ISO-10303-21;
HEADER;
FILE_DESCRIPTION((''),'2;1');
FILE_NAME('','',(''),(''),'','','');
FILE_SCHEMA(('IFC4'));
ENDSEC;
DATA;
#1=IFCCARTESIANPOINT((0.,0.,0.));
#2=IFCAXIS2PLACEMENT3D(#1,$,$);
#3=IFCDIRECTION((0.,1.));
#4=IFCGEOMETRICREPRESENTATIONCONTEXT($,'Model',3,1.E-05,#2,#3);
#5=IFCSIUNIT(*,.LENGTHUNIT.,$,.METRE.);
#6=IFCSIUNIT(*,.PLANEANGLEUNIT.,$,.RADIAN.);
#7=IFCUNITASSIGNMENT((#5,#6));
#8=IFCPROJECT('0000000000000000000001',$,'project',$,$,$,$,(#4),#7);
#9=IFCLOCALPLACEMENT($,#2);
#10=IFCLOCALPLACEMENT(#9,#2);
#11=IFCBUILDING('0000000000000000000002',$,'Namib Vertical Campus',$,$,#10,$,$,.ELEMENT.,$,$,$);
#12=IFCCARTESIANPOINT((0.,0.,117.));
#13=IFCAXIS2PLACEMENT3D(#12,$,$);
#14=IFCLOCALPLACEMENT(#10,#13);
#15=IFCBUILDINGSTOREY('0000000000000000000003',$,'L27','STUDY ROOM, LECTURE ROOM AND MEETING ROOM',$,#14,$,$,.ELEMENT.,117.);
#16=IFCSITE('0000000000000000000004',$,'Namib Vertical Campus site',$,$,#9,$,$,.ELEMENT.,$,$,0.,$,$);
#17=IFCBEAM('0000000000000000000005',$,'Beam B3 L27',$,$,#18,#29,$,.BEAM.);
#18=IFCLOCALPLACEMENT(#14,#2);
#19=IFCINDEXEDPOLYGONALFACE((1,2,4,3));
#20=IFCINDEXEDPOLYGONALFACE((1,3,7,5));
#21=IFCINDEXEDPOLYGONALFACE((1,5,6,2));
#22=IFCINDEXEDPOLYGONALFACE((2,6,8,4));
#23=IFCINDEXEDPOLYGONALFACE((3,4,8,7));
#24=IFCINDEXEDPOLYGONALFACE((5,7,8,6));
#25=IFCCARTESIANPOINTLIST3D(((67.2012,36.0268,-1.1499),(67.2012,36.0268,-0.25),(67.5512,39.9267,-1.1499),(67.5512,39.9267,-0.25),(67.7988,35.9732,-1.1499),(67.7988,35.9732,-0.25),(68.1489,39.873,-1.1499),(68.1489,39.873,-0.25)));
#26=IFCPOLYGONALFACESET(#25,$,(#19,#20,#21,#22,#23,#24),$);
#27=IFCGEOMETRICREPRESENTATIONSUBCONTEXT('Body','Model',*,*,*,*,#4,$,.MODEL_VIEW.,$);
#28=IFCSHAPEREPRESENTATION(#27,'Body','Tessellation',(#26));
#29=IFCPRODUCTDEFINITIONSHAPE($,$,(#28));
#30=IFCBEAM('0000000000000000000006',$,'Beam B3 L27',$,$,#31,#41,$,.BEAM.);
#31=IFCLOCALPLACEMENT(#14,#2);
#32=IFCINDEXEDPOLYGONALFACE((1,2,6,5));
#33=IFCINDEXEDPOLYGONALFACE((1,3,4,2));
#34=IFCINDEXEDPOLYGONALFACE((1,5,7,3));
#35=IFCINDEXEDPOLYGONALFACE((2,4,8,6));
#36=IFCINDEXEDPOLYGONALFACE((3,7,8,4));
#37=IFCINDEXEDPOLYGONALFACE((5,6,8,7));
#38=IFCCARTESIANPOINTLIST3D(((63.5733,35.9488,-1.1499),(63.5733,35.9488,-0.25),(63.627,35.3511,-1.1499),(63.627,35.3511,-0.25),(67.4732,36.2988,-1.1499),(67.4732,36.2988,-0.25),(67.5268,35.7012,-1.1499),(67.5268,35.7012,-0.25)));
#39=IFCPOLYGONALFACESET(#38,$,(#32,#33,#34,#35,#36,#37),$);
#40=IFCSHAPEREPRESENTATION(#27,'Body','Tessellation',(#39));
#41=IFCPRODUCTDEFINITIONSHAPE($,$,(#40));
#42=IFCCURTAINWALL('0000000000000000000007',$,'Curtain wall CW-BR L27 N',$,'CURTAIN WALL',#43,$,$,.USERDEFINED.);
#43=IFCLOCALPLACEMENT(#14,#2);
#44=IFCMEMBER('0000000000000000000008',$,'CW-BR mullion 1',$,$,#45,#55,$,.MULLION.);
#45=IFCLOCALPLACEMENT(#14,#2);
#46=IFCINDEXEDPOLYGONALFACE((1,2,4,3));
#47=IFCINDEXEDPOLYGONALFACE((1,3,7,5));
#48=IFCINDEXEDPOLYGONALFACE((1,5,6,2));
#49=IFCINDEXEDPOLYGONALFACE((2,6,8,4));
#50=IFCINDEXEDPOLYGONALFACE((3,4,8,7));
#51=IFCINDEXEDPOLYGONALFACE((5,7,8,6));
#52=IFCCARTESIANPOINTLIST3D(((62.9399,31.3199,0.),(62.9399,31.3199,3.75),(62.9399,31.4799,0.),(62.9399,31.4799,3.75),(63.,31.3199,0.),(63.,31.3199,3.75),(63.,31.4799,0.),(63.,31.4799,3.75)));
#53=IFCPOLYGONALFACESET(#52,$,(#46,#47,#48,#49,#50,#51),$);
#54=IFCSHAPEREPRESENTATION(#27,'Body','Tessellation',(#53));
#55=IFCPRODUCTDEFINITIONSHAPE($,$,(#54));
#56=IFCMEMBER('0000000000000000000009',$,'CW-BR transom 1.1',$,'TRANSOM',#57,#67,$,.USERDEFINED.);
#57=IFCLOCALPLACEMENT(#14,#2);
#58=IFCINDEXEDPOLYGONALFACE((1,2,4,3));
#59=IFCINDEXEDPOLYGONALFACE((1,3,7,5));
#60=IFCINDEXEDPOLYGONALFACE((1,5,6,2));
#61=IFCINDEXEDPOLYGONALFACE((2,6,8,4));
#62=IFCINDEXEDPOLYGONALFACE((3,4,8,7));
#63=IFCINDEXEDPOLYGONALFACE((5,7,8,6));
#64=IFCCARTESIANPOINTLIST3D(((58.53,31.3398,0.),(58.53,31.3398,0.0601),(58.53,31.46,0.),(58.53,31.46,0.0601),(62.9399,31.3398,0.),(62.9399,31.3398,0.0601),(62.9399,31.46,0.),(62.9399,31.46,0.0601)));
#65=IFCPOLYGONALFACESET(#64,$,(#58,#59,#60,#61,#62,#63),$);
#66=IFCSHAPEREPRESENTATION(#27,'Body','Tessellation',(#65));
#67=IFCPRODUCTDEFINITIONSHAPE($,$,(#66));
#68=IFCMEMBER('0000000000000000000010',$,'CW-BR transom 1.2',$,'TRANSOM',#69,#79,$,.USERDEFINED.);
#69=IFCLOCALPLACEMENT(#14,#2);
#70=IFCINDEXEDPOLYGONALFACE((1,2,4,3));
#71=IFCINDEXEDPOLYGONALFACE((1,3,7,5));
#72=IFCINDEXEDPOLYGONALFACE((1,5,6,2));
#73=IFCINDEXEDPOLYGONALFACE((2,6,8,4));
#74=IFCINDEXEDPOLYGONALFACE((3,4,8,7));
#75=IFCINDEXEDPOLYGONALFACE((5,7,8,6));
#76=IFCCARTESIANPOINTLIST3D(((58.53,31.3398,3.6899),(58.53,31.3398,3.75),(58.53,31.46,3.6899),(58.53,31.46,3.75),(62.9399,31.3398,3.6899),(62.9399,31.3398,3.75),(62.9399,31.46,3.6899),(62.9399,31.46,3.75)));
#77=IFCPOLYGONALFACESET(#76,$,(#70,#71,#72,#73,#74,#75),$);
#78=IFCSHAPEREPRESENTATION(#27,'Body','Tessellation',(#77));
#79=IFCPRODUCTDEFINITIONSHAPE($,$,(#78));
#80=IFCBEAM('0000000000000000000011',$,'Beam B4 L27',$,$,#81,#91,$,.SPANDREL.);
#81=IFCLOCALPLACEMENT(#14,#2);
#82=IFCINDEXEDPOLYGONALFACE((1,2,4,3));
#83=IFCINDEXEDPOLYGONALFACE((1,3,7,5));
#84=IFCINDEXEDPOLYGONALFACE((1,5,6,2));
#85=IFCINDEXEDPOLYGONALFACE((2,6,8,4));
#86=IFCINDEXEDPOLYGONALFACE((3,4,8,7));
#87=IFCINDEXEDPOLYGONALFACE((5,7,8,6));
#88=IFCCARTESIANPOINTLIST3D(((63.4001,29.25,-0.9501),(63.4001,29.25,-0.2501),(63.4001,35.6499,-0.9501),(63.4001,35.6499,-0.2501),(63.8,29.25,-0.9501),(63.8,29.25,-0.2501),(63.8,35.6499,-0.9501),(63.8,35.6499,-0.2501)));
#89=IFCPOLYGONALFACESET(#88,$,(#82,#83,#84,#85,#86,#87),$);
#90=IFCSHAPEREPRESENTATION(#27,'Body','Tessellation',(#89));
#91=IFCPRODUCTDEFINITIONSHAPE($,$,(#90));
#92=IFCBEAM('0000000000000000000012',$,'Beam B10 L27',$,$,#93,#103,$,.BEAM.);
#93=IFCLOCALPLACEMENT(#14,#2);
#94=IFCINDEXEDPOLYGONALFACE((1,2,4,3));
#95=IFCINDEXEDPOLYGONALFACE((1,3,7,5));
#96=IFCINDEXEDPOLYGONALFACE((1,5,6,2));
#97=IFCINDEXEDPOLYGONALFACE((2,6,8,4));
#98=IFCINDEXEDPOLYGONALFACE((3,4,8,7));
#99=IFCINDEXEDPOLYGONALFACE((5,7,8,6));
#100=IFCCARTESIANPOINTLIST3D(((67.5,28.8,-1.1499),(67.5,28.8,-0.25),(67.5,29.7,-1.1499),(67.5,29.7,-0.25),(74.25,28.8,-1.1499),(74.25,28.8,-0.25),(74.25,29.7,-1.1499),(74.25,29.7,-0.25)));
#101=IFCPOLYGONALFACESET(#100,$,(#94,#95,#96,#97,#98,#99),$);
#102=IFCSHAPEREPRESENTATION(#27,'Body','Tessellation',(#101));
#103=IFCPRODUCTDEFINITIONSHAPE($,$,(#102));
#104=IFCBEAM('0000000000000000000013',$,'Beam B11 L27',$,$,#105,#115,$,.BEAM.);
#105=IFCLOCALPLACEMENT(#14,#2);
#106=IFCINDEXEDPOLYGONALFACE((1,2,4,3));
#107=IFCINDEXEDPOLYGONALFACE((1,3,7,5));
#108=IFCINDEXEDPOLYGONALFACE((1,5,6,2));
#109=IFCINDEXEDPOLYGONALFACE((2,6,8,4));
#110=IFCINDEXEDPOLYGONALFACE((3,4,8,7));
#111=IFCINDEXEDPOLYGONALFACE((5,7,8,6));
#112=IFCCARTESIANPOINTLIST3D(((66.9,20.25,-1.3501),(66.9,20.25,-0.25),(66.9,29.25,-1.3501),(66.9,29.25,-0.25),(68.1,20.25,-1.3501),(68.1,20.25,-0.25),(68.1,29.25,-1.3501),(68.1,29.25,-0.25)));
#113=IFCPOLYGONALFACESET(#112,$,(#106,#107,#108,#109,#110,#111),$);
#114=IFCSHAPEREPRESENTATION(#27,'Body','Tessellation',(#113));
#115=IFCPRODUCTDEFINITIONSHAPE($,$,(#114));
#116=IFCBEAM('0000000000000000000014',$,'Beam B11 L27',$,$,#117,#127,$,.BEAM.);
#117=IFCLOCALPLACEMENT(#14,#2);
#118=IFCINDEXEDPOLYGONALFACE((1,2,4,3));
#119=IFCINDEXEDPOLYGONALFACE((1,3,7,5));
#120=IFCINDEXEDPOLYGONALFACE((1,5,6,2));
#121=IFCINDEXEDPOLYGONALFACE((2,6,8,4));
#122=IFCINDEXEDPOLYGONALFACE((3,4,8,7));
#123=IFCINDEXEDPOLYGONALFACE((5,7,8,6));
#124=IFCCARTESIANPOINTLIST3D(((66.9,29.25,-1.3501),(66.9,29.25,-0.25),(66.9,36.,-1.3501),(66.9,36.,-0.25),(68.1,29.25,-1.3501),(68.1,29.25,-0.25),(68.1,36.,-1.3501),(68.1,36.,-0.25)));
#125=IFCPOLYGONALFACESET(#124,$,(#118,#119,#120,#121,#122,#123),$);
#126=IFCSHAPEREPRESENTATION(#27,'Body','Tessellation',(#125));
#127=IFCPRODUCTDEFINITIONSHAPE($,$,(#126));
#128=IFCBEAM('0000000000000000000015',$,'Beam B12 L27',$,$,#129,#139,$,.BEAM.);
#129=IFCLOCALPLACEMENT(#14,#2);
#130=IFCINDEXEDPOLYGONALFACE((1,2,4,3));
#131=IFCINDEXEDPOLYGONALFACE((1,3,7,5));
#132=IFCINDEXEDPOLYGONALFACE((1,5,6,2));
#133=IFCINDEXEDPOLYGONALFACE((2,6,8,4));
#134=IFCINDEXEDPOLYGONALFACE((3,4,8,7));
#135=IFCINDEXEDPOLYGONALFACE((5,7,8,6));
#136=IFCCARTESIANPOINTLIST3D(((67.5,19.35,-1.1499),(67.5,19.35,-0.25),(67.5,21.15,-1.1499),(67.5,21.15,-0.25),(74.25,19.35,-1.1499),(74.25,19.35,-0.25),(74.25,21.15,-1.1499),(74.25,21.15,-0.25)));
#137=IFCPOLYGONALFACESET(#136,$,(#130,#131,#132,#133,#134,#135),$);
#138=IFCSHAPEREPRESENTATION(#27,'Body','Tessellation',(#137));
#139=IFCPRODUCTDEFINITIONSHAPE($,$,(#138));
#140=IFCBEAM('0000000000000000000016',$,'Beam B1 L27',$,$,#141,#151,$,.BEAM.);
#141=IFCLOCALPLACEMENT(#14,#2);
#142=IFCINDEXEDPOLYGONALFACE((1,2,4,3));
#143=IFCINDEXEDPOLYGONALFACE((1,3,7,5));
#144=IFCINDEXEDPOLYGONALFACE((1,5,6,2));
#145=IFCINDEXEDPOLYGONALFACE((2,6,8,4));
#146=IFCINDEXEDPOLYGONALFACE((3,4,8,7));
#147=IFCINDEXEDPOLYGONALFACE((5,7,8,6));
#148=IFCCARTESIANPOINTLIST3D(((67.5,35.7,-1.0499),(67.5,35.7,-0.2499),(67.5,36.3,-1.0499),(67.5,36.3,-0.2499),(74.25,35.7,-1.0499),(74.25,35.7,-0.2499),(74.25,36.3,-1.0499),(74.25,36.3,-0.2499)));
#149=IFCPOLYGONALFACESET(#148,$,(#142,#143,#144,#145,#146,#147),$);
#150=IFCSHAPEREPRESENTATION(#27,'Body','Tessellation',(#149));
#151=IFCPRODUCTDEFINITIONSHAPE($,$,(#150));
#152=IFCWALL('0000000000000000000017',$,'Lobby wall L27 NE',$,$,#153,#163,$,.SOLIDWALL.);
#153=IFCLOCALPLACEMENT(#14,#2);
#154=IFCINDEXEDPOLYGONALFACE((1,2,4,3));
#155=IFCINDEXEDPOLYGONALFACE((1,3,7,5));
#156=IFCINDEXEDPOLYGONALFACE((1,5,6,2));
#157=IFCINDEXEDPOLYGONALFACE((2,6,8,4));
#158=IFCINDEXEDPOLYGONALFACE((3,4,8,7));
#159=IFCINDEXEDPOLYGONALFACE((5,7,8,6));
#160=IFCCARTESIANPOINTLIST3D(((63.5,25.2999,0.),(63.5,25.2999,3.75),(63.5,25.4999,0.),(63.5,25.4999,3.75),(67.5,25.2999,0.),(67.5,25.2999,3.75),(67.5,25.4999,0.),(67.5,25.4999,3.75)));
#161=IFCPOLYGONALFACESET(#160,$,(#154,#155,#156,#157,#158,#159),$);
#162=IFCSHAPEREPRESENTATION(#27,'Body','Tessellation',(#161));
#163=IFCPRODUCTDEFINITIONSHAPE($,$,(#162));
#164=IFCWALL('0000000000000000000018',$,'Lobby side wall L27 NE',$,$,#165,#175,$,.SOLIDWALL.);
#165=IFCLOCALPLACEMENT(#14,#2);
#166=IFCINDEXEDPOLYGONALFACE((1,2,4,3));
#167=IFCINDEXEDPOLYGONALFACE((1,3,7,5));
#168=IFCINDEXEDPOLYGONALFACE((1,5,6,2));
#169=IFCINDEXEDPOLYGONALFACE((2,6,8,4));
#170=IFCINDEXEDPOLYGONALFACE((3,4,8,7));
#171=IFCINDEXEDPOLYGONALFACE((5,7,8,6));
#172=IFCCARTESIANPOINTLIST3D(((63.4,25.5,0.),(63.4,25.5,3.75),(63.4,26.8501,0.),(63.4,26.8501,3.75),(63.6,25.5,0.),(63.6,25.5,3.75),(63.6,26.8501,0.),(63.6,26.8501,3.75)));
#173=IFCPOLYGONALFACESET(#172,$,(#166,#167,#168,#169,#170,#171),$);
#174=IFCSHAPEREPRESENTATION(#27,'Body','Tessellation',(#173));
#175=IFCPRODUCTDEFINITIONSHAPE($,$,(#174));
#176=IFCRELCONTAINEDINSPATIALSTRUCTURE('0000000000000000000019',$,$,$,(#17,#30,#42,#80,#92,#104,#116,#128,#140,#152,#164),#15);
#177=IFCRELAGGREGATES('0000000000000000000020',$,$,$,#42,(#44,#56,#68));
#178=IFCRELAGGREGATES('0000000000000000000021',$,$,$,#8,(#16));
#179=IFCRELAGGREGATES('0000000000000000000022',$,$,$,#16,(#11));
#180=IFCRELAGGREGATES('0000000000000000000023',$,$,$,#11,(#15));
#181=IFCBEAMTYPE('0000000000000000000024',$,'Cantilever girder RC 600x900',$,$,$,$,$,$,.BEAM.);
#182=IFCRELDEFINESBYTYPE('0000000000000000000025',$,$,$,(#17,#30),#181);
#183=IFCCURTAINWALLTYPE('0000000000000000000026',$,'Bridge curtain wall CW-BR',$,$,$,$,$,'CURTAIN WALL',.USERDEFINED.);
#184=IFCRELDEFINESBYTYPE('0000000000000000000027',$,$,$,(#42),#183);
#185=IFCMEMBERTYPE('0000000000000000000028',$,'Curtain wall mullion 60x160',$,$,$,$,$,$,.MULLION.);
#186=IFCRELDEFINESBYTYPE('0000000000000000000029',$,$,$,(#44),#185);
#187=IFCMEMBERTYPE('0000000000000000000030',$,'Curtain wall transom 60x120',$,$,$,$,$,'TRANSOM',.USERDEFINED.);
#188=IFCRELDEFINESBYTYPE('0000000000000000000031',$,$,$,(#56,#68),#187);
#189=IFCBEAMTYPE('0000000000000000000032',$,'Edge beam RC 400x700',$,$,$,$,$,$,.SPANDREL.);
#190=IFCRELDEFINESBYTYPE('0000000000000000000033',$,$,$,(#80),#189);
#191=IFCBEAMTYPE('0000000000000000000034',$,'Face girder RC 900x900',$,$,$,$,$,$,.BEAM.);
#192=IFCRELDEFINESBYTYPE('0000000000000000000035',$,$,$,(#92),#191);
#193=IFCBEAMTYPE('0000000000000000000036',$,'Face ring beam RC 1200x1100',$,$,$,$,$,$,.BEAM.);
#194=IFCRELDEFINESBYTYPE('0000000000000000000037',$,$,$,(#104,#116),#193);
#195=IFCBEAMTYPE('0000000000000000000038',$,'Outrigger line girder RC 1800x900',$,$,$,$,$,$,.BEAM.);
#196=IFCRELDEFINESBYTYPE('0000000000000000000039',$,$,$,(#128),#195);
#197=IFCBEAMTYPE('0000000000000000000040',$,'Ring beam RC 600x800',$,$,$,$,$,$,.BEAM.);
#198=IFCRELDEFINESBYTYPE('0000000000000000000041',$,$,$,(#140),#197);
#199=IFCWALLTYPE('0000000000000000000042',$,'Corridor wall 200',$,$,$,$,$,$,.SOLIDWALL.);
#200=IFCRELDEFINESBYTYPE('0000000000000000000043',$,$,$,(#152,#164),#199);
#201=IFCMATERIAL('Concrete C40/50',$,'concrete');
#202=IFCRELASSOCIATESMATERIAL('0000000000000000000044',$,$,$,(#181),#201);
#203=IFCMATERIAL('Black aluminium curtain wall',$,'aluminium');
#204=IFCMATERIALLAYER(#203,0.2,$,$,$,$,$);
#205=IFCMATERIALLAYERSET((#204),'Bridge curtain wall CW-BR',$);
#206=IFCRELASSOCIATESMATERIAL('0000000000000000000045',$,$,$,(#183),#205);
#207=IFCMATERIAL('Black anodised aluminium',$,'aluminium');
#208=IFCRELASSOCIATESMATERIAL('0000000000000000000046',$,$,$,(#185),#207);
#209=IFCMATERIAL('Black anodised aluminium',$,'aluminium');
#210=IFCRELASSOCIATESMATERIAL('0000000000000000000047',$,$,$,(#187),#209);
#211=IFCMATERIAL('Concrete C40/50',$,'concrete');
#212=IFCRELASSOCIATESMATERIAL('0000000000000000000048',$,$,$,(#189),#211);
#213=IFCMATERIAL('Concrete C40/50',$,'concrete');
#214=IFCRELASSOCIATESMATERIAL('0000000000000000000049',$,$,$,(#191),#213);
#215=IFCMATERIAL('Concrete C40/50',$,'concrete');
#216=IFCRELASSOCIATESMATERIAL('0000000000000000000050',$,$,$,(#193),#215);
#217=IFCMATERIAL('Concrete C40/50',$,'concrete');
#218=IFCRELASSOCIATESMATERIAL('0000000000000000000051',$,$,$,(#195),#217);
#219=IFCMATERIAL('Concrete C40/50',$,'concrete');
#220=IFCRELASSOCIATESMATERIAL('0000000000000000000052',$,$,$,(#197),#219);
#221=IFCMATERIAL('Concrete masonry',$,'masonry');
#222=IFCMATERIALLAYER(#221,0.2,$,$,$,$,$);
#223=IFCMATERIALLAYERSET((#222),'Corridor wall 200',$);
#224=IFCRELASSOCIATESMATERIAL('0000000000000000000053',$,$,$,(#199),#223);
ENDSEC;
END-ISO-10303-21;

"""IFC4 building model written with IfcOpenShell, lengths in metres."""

from ifc_helpers import new_model, si_unit, direction, frame, frame_2d, origin, origin_2d, place, context, subcontext, project, spatial, rectangle, extrude, material, layer, layer_set, material_profile, profile_set, type_object, element, aggregate, save


model = new_model("IFC4")

# Units and contexts
model_context = context("Model", 3, precision=1e-05, world=origin(), true_north=direction((0.0, 1.0)))
body_context = subcontext(model_context, "Body", "Model", "MODEL_VIEW")
ifc_project = project(units=[si_unit("LENGTHUNIT", "METRE"), si_unit("PLANEANGLEUNIT", "RADIAN")], contexts=[model_context])

# Site, building, storey
site_placement = place(None, origin())
site = spatial("IfcSite", under=ifc_project, at=site_placement, Name="Namib Vertical Campus site", CompositionType="ELEMENT", RefElevation=0.0)
building_placement = place(site_placement, origin())
building = spatial("IfcBuilding", under=site, at=building_placement, Name="Namib Vertical Campus", CompositionType="ELEMENT")
storey_placement = place(building_placement, frame((0.0, 0.0, 117.0)))
storey = spatial("IfcBuildingStorey", under=building, at=storey_placement, Name="L27", Description="STUDY ROOM, LECTURE ROOM AND MEETING ROOM", CompositionType="ELEMENT", Elevation=117.0)

# Beams
ifc_material_1 = material(Name="Concrete C40/50", Category="concrete")
ifc_material_profile_1 = material_profile(ifc_material_1, rectangle(XDim=0.6001, YDim=0.8999, at=origin_2d()))
ifc_profile_set_1 = profile_set([ifc_material_profile_1], Name="Concrete C40/50")
beam_type_1 = type_object("IfcBeamType", Name="Cantilever girder RC 600x900", PredefinedType="BEAM", material=ifc_profile_set_1)
for number, where, z_axis, x_axis, name in (
    (1, (67.5, 36.0, -0.7), (0.089411, 0.995995, 0.0), (-0.995995, 0.089411, 0.0), "Beam B3 L27"),
    (2, (67.5, 36.0, -0.7), (-0.995995, -0.089411, 0.0), (0.089411, -0.995995, 0.0), "Beam B3 L27"),
):
    element("IfcBeam", number, at=place(storey_placement, frame(where, z_axis=z_axis, x_axis=x_axis)), inside=storey, type_object=beam_type_1, Name=name, PredefinedType="BEAM", context=body_context, shape_type="SweptSolid", body=[
        extrude(rectangle(XDim=0.6001, YDim=0.8999, at=origin_2d()), origin(), (0.0, 0.0, 1.0), 3.9155),
    ])

# Curtain wall, members
ifc_material_2 = material(Name="Black aluminium curtain wall", Category="aluminium")
ifc_layer_1 = layer(ifc_material_2, 0.2)
ifc_layer_set_1 = layer_set([ifc_layer_1], Name="Bridge curtain wall CW-BR")
curtain_wall_type = type_object("IfcCurtainWallType", Name="Bridge curtain wall CW-BR", ElementType="CURTAIN WALL", PredefinedType="USERDEFINED", material=ifc_layer_set_1)
curtain_wall_placement = place(storey_placement, origin())
curtain_wall = element("IfcCurtainWall", 3, at=curtain_wall_placement, inside=storey, type_object=curtain_wall_type, Name="Curtain wall CW-BR L27 N", ObjectType="CURTAIN WALL", PredefinedType="USERDEFINED")
ifc_material_3 = material(Name="Black anodised aluminium", Category="aluminium")
ifc_material_profile_2 = material_profile(ifc_material_3, rectangle(XDim=0.0601, YDim=0.1599, at=origin_2d()))
ifc_profile_set_2 = profile_set([ifc_material_profile_2], Name="Black anodised aluminium")
member_type_1 = type_object("IfcMemberType", Name="Curtain wall mullion 60x160", PredefinedType="MULLION", material=ifc_profile_set_2)
member_1_placement = place(storey_placement, frame((62.97, 31.3999, 0.0), z_axis=(0.0, 0.0, 1.0), x_axis=(-1.0, 0.0, 0.0)))
member_1 = element("IfcMember", 4, at=member_1_placement, type_object=member_type_1, Name="CW-BR mullion 1", PredefinedType="MULLION", context=body_context, shape_type="SweptSolid", body=[
    extrude(rectangle(XDim=0.0601, YDim=0.1599, at=origin_2d()), origin(), (0.0, 0.0, 1.0), 3.75),
])
ifc_material_4 = material(Name="Black anodised aluminium", Category="aluminium")
ifc_material_profile_3 = material_profile(ifc_material_4, rectangle(XDim=0.0601, YDim=0.1201, at=origin_2d()))
ifc_profile_set_3 = profile_set([ifc_material_profile_3], Name="Black anodised aluminium")
member_type_2 = type_object("IfcMemberType", Name="Curtain wall transom 60x120", ElementType="TRANSOM", PredefinedType="USERDEFINED", material=ifc_profile_set_3)
member_2_placement = place(storey_placement, frame((62.9399, 31.3999, 0.03), z_axis=(-1.0, 0.0, 0.0), x_axis=(0.0, 0.0, 1.0)))
member_2 = element("IfcMember", 5, at=member_2_placement, type_object=member_type_2, Name="CW-BR transom 1.1", ObjectType="TRANSOM", PredefinedType="USERDEFINED", context=body_context, shape_type="SweptSolid", body=[
    extrude(rectangle(XDim=0.0601, YDim=0.1201, at=origin_2d()), origin(), (0.0, 0.0, 1.0), 4.4099),
])
member_3_placement = place(storey_placement, frame((62.9399, 31.3999, 3.72), z_axis=(-1.0, 0.0, 0.0), x_axis=(0.0, 0.0, 1.0)))
member_3 = element("IfcMember", 6, at=member_3_placement, type_object=member_type_2, Name="CW-BR transom 1.2", ObjectType="TRANSOM", PredefinedType="USERDEFINED", context=body_context, shape_type="SweptSolid", body=[
    extrude(rectangle(XDim=0.0601, YDim=0.1201, at=origin_2d()), origin(), (0.0, 0.0, 1.0), 4.4099),
])
aggregate(curtain_wall, [member_1, member_2, member_3])

# Beams
ifc_material_5 = material(Name="Concrete C40/50", Category="concrete")
ifc_material_profile_4 = material_profile(ifc_material_5, rectangle(XDim=0.3999, YDim=0.7, at=origin_2d()))
ifc_profile_set_4 = profile_set([ifc_material_profile_4], Name="Concrete C40/50")
beam_type_2 = type_object("IfcBeamType", Name="Edge beam RC 400x700", PredefinedType="SPANDREL", material=ifc_profile_set_4)
beam_1_placement = place(storey_placement, frame((63.6001, 29.25, -0.6001), z_axis=(0.0, 1.0, 0.0), x_axis=(-1.0, 0.0, 0.0)))
element("IfcBeam", 7, at=beam_1_placement, inside=storey, type_object=beam_type_2, Name="Beam B4 L27", PredefinedType="SPANDREL", context=body_context, shape_type="SweptSolid", body=[
    extrude(rectangle(XDim=0.3999, YDim=0.7, at=origin_2d()), origin(), (0.0, 0.0, 1.0), 6.3999),
])
ifc_material_6 = material(Name="Concrete C40/50", Category="concrete")
ifc_material_profile_5 = material_profile(ifc_material_6, rectangle(XDim=0.8999, YDim=0.8999, at=origin_2d()))
ifc_profile_set_5 = profile_set([ifc_material_profile_5], Name="Concrete C40/50")
beam_type_3 = type_object("IfcBeamType", Name="Face girder RC 900x900", PredefinedType="BEAM", material=ifc_profile_set_5)
beam_2_placement = place(storey_placement, frame((67.5, 29.25, -0.7), z_axis=(1.0, 0.0, 0.0), x_axis=(0.0, 1.0, 0.0)))
element("IfcBeam", 8, at=beam_2_placement, inside=storey, type_object=beam_type_3, Name="Beam B10 L27", PredefinedType="BEAM", context=body_context, shape_type="SweptSolid", body=[
    extrude(rectangle(XDim=0.8999, YDim=0.8999, at=origin_2d()), origin(), (0.0, 0.0, 1.0), 6.75),
])
ifc_material_7 = material(Name="Concrete C40/50", Category="concrete")
ifc_material_profile_6 = material_profile(ifc_material_7, rectangle(XDim=1.2, YDim=1.1001, at=origin_2d()))
ifc_profile_set_6 = profile_set([ifc_material_profile_6], Name="Concrete C40/50")
beam_type_4 = type_object("IfcBeamType", Name="Face ring beam RC 1200x1100", PredefinedType="BEAM", material=ifc_profile_set_6)
beam_3_placement = place(storey_placement, frame((67.5, 20.25, -0.8), z_axis=(0.0, 1.0, 0.0), x_axis=(-1.0, 0.0, 0.0)))
element("IfcBeam", 9, at=beam_3_placement, inside=storey, type_object=beam_type_4, Name="Beam B11 L27", PredefinedType="BEAM", context=body_context, shape_type="SweptSolid", body=[
    extrude(rectangle(XDim=1.2, YDim=1.1001, at=origin_2d()), origin(), (0.0, 0.0, 1.0), 9.0),
])
beam_4_placement = place(storey_placement, frame((67.5, 29.25, -0.8), z_axis=(0.0, 1.0, 0.0), x_axis=(-1.0, 0.0, 0.0)))
element("IfcBeam", 10, at=beam_4_placement, inside=storey, type_object=beam_type_4, Name="Beam B11 L27", PredefinedType="BEAM", context=body_context, shape_type="SweptSolid", body=[
    extrude(rectangle(XDim=1.2, YDim=1.1001, at=origin_2d()), origin(), (0.0, 0.0, 1.0), 6.75),
])
ifc_material_8 = material(Name="Concrete C40/50", Category="concrete")
ifc_material_profile_7 = material_profile(ifc_material_8, rectangle(XDim=1.8, YDim=0.8999, at=origin_2d()))
ifc_profile_set_7 = profile_set([ifc_material_profile_7], Name="Concrete C40/50")
beam_type_5 = type_object("IfcBeamType", Name="Outrigger line girder RC 1800x900", PredefinedType="BEAM", material=ifc_profile_set_7)
beam_5_placement = place(storey_placement, frame((67.5, 20.25, -0.7), z_axis=(1.0, 0.0, 0.0), x_axis=(0.0, 1.0, 0.0)))
element("IfcBeam", 11, at=beam_5_placement, inside=storey, type_object=beam_type_5, Name="Beam B12 L27", PredefinedType="BEAM", context=body_context, shape_type="SweptSolid", body=[
    extrude(rectangle(XDim=1.8, YDim=0.8999, at=origin_2d()), origin(), (0.0, 0.0, 1.0), 6.75),
])
ifc_material_9 = material(Name="Concrete C40/50", Category="concrete")
ifc_material_profile_8 = material_profile(ifc_material_9, rectangle(XDim=0.6001, YDim=0.8, at=origin_2d()))
ifc_profile_set_8 = profile_set([ifc_material_profile_8], Name="Concrete C40/50")
beam_type_6 = type_object("IfcBeamType", Name="Ring beam RC 600x800", PredefinedType="BEAM", material=ifc_profile_set_8)
beam_6_placement = place(storey_placement, frame((67.5, 36.0, -0.6499), z_axis=(1.0, 0.0, 0.0), x_axis=(0.0, 1.0, 0.0)))
element("IfcBeam", 12, at=beam_6_placement, inside=storey, type_object=beam_type_6, Name="Beam B1 L27", PredefinedType="BEAM", context=body_context, shape_type="SweptSolid", body=[
    extrude(rectangle(XDim=0.6001, YDim=0.8, at=origin_2d()), origin(), (0.0, 0.0, 1.0), 6.75),
])

# Walls
ifc_material_10 = material(Name="Concrete masonry", Category="masonry")
ifc_layer_2 = layer(ifc_material_10, 0.2)
ifc_layer_set_2 = layer_set([ifc_layer_2], Name="Corridor wall 200")
wall_type_1 = type_object("IfcWallType", Name="Corridor wall 200", PredefinedType="SOLIDWALL", material=ifc_layer_set_2)
wall_1_placement = place(storey_placement, frame((63.5, 25.3999, 0.0), z_axis=(0.0, 0.0, 1.0), x_axis=(1.0, 0.0, 0.0)))
element("IfcWall", 13, at=wall_1_placement, inside=storey, type_object=wall_type_1, Name="Lobby wall L27 NE", PredefinedType="SOLIDWALL", context=body_context, shape_type="SweptSolid", body=[
    extrude(rectangle(XDim=4.0, YDim=0.2, at=frame_2d((2.0, 0.0))), origin(), (0.0, 0.0, 1.0), 3.75),
])
wall_2_placement = place(storey_placement, frame((63.5, 26.8501, 0.0), z_axis=(0.0, 0.0, 1.0), x_axis=(0.0, -1.0, 0.0)))
element("IfcWall", 14, at=wall_2_placement, inside=storey, type_object=wall_type_1, Name="Lobby side wall L27 NE", PredefinedType="SOLIDWALL", context=body_context, shape_type="SweptSolid", body=[
    extrude(rectangle(XDim=1.3501, YDim=0.2, at=frame_2d((0.675, 0.0))), origin(), (0.0, 0.0, 1.0), 3.75),
])

save(model, "model.ifc")
